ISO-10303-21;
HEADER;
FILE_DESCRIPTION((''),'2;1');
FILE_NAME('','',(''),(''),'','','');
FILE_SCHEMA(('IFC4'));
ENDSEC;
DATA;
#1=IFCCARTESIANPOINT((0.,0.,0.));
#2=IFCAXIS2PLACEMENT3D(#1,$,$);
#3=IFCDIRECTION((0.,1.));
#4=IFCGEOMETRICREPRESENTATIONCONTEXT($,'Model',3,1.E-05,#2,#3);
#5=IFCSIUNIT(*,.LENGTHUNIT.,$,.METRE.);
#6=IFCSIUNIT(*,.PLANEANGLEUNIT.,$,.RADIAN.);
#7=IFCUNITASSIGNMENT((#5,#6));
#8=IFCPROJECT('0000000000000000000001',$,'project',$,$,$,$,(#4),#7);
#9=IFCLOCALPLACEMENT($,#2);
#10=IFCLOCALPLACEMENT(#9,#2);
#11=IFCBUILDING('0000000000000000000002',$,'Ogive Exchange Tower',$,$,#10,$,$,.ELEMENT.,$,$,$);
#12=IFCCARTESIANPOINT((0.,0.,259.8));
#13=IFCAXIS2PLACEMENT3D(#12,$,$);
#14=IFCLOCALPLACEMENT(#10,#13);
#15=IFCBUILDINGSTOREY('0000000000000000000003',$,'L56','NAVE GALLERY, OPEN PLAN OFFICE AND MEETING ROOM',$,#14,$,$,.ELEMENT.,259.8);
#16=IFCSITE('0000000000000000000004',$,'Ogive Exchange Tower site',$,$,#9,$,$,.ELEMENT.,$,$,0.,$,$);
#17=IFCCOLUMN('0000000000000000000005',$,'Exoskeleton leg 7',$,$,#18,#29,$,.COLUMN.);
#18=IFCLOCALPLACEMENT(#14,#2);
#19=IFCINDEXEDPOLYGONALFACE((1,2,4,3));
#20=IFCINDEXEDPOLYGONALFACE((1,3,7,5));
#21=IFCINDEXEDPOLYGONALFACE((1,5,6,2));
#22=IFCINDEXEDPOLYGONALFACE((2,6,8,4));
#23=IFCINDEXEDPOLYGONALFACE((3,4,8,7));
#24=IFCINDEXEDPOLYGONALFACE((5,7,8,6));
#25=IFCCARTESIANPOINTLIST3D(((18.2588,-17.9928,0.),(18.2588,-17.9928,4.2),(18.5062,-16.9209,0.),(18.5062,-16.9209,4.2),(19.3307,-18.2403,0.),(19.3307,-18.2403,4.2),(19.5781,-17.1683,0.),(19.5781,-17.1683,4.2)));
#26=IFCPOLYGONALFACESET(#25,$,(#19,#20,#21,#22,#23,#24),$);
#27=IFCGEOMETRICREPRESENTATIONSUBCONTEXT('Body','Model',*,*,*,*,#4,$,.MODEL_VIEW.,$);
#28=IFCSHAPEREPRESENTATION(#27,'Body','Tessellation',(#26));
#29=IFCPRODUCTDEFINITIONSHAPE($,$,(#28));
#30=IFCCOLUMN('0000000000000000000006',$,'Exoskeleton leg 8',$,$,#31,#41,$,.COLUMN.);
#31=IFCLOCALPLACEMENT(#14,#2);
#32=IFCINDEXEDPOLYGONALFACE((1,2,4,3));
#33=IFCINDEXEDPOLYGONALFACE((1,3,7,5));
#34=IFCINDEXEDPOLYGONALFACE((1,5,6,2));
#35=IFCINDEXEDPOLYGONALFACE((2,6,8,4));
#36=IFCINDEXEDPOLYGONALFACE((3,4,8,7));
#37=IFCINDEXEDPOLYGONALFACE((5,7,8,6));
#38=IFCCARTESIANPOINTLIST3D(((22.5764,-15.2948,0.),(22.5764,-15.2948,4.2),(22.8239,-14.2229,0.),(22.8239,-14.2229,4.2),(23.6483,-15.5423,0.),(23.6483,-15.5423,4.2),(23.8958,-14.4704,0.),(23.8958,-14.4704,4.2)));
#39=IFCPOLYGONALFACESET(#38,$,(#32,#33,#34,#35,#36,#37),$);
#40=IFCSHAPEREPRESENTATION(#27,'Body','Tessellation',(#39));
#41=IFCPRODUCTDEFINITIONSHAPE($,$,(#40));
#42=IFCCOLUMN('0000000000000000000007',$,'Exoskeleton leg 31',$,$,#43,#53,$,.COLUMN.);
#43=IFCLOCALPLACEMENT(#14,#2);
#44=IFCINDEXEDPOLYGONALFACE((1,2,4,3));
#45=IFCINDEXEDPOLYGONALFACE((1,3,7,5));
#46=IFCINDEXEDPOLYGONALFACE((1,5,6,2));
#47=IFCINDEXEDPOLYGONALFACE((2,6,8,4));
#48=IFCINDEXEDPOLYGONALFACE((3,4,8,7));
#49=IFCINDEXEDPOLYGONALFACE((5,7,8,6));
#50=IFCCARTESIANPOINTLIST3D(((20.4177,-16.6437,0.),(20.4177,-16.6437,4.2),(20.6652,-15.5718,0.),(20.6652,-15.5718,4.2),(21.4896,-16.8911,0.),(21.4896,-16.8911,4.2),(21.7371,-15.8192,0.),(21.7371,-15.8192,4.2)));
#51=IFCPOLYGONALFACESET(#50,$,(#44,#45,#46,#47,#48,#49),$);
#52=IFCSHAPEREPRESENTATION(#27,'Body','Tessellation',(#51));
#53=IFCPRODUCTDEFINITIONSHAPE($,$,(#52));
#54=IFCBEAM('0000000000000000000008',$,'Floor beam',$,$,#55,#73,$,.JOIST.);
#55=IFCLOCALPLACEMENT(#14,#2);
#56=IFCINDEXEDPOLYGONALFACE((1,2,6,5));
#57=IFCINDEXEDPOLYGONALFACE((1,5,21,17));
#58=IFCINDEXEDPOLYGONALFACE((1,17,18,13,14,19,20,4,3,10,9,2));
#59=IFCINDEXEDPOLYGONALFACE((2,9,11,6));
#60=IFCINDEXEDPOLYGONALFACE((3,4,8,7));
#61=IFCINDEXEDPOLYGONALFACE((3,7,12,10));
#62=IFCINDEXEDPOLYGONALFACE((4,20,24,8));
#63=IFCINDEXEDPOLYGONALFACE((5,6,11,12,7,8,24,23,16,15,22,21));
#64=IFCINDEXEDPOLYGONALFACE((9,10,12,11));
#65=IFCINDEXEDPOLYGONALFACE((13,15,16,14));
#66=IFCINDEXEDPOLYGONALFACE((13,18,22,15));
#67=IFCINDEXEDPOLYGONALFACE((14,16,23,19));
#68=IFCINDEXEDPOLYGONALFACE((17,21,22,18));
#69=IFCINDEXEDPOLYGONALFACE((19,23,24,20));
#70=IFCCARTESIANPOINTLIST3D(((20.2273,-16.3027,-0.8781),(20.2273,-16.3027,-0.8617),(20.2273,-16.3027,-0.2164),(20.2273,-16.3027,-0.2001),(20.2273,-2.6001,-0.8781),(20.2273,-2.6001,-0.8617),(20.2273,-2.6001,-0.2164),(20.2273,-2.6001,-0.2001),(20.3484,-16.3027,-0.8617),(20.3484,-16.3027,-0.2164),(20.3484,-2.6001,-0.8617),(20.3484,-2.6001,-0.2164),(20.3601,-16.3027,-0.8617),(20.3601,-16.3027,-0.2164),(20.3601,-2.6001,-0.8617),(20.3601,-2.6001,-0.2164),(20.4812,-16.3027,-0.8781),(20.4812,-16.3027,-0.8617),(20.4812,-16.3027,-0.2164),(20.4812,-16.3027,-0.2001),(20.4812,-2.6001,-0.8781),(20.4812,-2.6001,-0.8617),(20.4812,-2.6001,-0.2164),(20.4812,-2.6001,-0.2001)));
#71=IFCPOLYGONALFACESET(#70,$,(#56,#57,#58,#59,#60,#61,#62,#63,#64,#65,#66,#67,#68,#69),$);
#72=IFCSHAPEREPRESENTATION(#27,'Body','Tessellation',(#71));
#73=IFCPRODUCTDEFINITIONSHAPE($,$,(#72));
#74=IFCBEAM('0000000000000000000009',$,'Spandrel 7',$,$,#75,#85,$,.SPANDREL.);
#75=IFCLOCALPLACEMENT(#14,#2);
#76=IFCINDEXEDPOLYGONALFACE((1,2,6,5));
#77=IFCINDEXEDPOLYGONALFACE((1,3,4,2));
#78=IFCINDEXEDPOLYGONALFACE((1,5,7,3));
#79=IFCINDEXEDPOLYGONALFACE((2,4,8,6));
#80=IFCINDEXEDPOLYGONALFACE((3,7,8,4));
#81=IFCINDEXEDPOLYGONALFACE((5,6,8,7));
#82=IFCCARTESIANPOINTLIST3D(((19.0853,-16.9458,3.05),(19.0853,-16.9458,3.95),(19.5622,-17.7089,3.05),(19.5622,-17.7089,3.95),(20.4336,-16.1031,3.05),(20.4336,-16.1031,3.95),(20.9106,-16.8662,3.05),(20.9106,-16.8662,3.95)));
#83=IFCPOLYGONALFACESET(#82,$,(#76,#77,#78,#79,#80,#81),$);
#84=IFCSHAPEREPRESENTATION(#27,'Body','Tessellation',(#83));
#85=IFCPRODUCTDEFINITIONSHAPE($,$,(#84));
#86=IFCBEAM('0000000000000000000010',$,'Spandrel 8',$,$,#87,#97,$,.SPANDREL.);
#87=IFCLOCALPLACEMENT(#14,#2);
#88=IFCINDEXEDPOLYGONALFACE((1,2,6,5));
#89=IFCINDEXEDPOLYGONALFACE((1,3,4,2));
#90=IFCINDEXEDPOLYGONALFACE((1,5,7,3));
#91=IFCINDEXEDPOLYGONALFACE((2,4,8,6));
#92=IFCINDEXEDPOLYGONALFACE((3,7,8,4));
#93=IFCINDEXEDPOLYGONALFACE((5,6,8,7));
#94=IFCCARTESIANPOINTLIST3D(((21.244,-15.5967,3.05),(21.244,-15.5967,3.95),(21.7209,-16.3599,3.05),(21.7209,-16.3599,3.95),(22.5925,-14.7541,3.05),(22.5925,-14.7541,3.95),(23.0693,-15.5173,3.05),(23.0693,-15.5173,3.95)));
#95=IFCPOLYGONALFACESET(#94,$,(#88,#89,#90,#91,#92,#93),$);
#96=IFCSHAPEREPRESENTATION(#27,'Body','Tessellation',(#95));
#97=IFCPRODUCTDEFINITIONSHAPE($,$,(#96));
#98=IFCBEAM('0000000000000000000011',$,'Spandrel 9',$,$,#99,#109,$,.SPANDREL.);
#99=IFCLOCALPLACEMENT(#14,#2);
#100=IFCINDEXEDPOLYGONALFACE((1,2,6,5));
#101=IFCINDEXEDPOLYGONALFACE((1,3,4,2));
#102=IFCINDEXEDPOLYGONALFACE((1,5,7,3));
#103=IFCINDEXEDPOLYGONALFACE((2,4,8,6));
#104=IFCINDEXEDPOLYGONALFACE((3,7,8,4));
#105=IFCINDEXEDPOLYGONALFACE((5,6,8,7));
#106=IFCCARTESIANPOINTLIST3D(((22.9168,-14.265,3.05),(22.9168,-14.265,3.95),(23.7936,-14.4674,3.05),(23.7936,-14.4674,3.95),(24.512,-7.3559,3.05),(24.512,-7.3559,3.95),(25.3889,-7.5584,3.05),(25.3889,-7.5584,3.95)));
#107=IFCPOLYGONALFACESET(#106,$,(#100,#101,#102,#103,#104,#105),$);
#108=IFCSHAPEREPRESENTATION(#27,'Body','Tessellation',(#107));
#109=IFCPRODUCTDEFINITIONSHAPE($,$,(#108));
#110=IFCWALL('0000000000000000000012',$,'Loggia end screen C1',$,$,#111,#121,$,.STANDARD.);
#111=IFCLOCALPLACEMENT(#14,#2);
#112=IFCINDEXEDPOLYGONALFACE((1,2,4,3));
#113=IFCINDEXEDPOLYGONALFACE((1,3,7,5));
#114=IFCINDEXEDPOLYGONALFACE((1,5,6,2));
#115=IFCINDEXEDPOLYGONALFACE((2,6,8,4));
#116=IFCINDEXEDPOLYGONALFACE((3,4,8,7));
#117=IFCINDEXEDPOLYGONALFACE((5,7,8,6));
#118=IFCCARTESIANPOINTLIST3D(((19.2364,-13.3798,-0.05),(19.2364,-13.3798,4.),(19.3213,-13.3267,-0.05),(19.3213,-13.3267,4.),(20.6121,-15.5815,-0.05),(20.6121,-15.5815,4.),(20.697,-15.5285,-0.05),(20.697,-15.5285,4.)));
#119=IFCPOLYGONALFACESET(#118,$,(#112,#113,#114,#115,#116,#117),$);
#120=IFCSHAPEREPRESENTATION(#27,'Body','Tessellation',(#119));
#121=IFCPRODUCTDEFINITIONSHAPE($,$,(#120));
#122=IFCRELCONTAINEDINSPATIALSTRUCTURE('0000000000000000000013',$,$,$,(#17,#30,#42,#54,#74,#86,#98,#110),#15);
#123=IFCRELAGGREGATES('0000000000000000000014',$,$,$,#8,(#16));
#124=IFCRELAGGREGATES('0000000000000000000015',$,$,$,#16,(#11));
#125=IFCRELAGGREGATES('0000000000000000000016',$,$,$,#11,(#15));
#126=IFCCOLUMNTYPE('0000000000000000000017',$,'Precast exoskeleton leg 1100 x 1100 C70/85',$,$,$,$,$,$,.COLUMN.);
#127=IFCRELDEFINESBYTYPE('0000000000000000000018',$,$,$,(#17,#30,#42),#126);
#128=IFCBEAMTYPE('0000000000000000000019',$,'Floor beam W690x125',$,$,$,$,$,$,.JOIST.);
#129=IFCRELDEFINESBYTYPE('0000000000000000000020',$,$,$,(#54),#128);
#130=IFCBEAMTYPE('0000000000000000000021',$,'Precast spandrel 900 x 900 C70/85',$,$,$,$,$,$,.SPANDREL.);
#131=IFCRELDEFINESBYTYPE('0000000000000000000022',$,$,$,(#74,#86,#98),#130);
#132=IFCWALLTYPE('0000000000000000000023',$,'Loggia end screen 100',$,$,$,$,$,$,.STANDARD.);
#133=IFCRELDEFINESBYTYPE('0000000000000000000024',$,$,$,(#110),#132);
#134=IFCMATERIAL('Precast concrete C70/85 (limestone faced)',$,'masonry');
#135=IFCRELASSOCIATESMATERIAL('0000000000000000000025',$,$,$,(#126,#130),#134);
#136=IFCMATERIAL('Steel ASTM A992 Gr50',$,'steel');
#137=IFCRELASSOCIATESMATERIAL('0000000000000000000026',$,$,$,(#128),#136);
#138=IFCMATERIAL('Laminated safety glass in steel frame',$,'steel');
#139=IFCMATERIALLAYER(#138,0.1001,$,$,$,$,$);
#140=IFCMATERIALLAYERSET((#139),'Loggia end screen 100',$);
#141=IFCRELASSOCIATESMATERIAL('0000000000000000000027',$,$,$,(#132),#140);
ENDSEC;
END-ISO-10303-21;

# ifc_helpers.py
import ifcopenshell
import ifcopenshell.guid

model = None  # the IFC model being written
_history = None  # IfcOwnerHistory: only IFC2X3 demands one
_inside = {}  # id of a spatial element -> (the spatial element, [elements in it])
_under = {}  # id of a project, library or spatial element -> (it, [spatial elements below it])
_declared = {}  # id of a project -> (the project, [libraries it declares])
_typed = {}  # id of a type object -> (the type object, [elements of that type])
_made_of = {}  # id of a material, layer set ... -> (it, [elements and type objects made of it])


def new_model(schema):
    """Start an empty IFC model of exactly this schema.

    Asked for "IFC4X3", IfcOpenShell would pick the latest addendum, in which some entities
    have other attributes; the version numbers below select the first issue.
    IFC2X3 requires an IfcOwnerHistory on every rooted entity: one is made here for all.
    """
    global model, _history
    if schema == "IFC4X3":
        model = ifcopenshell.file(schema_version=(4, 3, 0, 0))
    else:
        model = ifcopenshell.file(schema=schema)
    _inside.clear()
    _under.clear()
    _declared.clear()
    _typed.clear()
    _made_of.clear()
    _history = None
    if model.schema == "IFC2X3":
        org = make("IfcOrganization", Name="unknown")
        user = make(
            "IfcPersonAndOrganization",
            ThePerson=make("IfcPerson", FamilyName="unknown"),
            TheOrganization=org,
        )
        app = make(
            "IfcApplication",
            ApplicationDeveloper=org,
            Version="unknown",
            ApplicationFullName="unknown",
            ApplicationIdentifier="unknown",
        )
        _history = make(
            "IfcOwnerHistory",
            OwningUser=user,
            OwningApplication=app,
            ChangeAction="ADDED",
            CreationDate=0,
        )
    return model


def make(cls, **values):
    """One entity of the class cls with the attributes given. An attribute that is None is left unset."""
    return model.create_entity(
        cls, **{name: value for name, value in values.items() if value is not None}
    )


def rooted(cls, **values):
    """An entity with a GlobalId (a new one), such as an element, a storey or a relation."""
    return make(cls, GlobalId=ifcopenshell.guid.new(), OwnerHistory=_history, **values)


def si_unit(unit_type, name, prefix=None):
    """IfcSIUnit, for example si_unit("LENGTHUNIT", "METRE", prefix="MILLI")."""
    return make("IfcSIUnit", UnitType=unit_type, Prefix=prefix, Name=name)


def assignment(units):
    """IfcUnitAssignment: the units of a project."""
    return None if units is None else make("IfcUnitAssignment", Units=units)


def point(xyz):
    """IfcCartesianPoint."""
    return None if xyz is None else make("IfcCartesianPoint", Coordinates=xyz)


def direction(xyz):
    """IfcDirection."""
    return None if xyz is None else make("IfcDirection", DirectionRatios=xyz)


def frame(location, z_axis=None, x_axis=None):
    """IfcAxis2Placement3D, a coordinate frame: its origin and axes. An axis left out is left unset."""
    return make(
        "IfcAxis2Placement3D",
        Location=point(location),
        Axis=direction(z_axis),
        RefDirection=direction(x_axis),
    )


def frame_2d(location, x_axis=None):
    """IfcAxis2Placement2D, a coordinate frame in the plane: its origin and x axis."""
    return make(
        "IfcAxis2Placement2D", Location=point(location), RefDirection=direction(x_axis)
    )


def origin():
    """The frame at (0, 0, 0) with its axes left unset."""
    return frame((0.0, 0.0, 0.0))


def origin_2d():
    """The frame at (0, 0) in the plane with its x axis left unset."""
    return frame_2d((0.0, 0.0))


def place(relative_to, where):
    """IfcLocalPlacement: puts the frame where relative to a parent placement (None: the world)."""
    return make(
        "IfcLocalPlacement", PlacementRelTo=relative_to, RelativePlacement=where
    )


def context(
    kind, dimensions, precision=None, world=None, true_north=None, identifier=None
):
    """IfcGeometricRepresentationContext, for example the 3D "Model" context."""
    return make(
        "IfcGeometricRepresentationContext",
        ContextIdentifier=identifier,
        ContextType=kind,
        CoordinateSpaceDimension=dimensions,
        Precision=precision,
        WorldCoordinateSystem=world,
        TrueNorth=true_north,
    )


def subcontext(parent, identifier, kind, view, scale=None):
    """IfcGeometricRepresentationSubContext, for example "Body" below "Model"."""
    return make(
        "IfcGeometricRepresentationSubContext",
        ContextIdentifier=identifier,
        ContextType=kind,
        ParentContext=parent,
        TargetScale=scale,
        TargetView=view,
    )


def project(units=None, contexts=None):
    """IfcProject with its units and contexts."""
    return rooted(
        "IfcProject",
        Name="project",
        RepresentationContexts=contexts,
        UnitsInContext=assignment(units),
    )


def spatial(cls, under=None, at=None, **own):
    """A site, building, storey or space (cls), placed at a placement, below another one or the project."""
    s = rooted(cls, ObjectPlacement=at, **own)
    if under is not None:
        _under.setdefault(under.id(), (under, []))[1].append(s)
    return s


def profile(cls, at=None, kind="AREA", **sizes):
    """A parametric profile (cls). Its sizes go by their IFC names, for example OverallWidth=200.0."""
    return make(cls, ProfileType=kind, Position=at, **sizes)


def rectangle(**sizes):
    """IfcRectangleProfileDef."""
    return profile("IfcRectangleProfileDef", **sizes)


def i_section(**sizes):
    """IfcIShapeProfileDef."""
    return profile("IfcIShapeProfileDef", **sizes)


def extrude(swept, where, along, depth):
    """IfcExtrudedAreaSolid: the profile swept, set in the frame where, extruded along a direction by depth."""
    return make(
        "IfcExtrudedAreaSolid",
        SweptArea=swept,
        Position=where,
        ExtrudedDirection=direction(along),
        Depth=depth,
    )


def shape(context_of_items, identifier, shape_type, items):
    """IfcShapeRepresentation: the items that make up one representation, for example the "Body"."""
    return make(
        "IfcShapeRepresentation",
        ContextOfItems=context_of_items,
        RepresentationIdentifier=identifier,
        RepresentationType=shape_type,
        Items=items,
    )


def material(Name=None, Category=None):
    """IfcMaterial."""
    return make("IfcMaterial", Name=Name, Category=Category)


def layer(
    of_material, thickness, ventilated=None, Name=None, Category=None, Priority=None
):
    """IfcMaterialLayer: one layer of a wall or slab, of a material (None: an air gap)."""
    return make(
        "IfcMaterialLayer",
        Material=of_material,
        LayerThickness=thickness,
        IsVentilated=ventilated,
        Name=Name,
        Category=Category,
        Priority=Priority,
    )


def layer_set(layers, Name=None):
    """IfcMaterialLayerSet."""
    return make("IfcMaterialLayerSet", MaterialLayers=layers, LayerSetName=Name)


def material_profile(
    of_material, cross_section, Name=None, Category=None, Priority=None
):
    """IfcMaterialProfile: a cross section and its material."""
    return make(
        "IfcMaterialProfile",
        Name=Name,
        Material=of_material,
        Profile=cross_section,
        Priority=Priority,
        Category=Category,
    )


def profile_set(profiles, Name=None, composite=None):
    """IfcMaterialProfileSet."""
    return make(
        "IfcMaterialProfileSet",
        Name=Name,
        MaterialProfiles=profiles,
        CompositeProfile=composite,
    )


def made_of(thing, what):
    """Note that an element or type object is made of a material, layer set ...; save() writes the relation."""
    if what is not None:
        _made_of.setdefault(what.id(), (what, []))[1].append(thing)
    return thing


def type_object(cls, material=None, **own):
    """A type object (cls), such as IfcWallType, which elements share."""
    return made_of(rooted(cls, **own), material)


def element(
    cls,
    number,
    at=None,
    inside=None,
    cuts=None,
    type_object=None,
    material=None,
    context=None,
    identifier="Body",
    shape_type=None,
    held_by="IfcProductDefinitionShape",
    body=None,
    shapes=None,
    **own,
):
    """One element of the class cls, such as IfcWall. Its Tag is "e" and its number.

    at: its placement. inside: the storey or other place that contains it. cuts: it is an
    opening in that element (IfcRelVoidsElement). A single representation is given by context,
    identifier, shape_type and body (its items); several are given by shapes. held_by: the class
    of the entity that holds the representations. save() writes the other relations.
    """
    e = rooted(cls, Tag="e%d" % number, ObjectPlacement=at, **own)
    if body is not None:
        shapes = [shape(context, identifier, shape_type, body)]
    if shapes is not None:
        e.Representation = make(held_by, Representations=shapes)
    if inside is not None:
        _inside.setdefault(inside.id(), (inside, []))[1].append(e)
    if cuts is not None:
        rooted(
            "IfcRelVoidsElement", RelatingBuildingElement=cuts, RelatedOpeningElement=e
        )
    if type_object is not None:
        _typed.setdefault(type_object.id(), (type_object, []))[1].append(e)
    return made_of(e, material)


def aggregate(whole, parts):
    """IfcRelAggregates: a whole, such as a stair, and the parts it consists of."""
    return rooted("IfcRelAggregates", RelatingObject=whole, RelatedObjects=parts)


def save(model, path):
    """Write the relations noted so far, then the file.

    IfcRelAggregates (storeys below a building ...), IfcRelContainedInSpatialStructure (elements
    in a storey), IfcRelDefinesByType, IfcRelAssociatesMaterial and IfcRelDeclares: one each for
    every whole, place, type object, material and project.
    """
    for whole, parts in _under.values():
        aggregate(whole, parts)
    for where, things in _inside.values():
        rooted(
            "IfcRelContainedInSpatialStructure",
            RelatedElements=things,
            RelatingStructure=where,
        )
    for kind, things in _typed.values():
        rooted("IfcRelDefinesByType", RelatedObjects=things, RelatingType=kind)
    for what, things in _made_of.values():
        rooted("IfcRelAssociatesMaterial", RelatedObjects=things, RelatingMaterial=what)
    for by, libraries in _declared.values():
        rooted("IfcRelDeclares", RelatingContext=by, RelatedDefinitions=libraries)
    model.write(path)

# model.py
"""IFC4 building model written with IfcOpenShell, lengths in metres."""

from ifc_helpers import new_model, si_unit, direction, frame, frame_2d, origin, origin_2d, place, context, subcontext, project, spatial, rectangle, i_section, extrude, material, layer, layer_set, material_profile, profile_set, type_object, element, save


model = new_model("IFC4")

# Units and contexts
model_context = context("Model", 3, precision=1e-05, world=origin(), true_north=direction((0.0, 1.0)))
body_context = subcontext(model_context, "Body", "Model", "MODEL_VIEW")
ifc_project = project(units=[si_unit("LENGTHUNIT", "METRE"), si_unit("PLANEANGLEUNIT", "RADIAN")], contexts=[model_context])

# Site, building, storey
site_placement = place(None, origin())
site = spatial("IfcSite", under=ifc_project, at=site_placement, Name="Ogive Exchange Tower site", CompositionType="ELEMENT", RefElevation=0.0)
building_placement = place(site_placement, origin())
building = spatial("IfcBuilding", under=site, at=building_placement, Name="Ogive Exchange Tower", CompositionType="ELEMENT")
storey_placement = place(building_placement, frame((0.0, 0.0, 259.8)))
storey = spatial("IfcBuildingStorey", under=building, at=storey_placement, Name="L56", Description="NAVE GALLERY, OPEN PLAN OFFICE AND MEETING ROOM", CompositionType="ELEMENT", Elevation=259.8)

# Columns
ifc_material_1 = material(Name="Precast concrete C70/85 (limestone faced)", Category="masonry")
ifc_material_profile_1 = material_profile(ifc_material_1, rectangle(XDim=1.1001, YDim=1.1001, at=origin_2d()), Name="1100 x 1100")
ifc_profile_set_1 = profile_set([ifc_material_profile_1], Name="Precast concrete C70/85 (limestone faced)")
column_type = type_object("IfcColumnType", Name="Precast exoskeleton leg 1100 x 1100 C70/85", PredefinedType="COLUMN", material=ifc_profile_set_1)
for number, where, z_axis, x_axis, name in (
    (1, (18.9185, -17.5806, 0.0), (0.0, 0.0, 1.0), (0.97437, -0.224951, 0.0), "Exoskeleton leg 7"),
    (2, (23.2361, -14.8826, 0.0), (0.0, 0.0, 1.0), (0.97437, -0.224951, 0.0), "Exoskeleton leg 8"),
    (3, (21.0774, -16.2314, 0.0), (0.0, 0.0, 1.0), (0.97437, -0.224951, 0.0), "Exoskeleton leg 31"),
):
    element("IfcColumn", number, at=place(storey_placement, frame(where, z_axis=z_axis, x_axis=x_axis)), inside=storey, type_object=column_type, Name=name, PredefinedType="COLUMN", context=body_context, shape_type="SweptSolid", body=[
        extrude(rectangle(XDim=1.1001, YDim=1.1001, at=origin_2d()), origin(), (0.0, 0.0, 1.0), 4.2),
    ])

# Beams
ifc_material_2 = material(Name="Steel ASTM A992 Gr50", Category="steel")
ifc_material_profile_2 = material_profile(ifc_material_2, i_section(OverallWidth=0.2539, OverallDepth=0.678, WebThickness=0.0117, FlangeThickness=0.0164, at=origin_2d()), Name="W690x125")
ifc_profile_set_2 = profile_set([ifc_material_profile_2], Name="Steel ASTM A992 Gr50")
beam_type_1 = type_object("IfcBeamType", Name="Floor beam W690x125", PredefinedType="JOIST", material=ifc_profile_set_2)
beam_1_placement = place(storey_placement, frame((20.3542, -16.3027, -0.5391), z_axis=(0.0, 1.0, 0.0), x_axis=(-1.0, 0.0, 0.0)))
element("IfcBeam", 4, at=beam_1_placement, inside=storey, type_object=beam_type_1, Name="Floor beam", PredefinedType="JOIST", context=body_context, shape_type="SweptSolid", body=[
    extrude(i_section(OverallWidth=0.2539, OverallDepth=0.678, WebThickness=0.0117, FlangeThickness=0.0164, at=origin_2d()), origin(), (0.0, 0.0, 1.0), 13.7026),
])
ifc_material_profile_3 = material_profile(ifc_material_1, rectangle(XDim=0.8999, YDim=0.8999, at=origin_2d()), Name="900 x 900")
ifc_profile_set_3 = profile_set([ifc_material_profile_3], Name="Precast concrete C70/85 (limestone faced)")
beam_type_2 = type_object("IfcBeamType", Name="Precast spandrel 900 x 900 C70/85", PredefinedType="SPANDREL", material=ifc_profile_set_3)
for number, where, z_axis, x_axis, name in (
    (5, (19.3237, -17.3274, 3.5), (0.84799, 0.530013, 0.0), (-0.530013, 0.84799, 0.0), "Spandrel 7"),
    (6, (21.4824, -15.9783, 3.5), (0.848059, 0.529902, 0.0), (-0.529902, 0.848059, 0.0), "Spandrel 8"),
):
    element("IfcBeam", number, at=place(storey_placement, frame(where, z_axis=z_axis, x_axis=x_axis)), inside=storey, type_object=beam_type_2, Name=name, PredefinedType="SPANDREL", context=body_context, shape_type="SweptSolid", body=[
        extrude(rectangle(XDim=0.8999, YDim=0.8999, at=origin_2d()), origin(), (0.0, 0.0, 1.0), 1.5901),
    ])
beam_2_placement = place(storey_placement, frame((23.3552, -14.3662, 3.5), z_axis=(0.224973, 0.974365, 0.0), x_axis=(-0.974365, 0.224973, 0.0)))
element("IfcBeam", 7, at=beam_2_placement, inside=storey, type_object=beam_type_2, Name="Spandrel 9", PredefinedType="SPANDREL", context=body_context, shape_type="SweptSolid", body=[
    extrude(rectangle(XDim=0.8999, YDim=0.8999, at=origin_2d()), origin(), (0.0, 0.0, 1.0), 7.0908),
])

# Wall
ifc_material_3 = material(Name="Laminated safety glass in steel frame", Category="steel")
ifc_layer = layer(ifc_material_3, 0.1001)
ifc_layer_set = layer_set([ifc_layer], Name="Loggia end screen 100")
wall_type = type_object("IfcWallType", Name="Loggia end screen 100", PredefinedType="STANDARD", material=ifc_layer_set)
wall_placement = place(storey_placement, frame((19.2788, -13.3533, -0.05), z_axis=(0.0, 0.0, 1.0), x_axis=(0.529914, -0.848051, 0.0)))
element("IfcWall", 8, at=wall_placement, inside=storey, type_object=wall_type, Name="Loggia end screen C1", PredefinedType="STANDARD", context=body_context, shape_type="SweptSolid", body=[
    extrude(rectangle(XDim=2.5962, YDim=0.1001, at=frame_2d((1.2981, 0.0))), origin(), (0.0, 0.0, 1.0), 4.05),
])

save(model, "model.ifc")
